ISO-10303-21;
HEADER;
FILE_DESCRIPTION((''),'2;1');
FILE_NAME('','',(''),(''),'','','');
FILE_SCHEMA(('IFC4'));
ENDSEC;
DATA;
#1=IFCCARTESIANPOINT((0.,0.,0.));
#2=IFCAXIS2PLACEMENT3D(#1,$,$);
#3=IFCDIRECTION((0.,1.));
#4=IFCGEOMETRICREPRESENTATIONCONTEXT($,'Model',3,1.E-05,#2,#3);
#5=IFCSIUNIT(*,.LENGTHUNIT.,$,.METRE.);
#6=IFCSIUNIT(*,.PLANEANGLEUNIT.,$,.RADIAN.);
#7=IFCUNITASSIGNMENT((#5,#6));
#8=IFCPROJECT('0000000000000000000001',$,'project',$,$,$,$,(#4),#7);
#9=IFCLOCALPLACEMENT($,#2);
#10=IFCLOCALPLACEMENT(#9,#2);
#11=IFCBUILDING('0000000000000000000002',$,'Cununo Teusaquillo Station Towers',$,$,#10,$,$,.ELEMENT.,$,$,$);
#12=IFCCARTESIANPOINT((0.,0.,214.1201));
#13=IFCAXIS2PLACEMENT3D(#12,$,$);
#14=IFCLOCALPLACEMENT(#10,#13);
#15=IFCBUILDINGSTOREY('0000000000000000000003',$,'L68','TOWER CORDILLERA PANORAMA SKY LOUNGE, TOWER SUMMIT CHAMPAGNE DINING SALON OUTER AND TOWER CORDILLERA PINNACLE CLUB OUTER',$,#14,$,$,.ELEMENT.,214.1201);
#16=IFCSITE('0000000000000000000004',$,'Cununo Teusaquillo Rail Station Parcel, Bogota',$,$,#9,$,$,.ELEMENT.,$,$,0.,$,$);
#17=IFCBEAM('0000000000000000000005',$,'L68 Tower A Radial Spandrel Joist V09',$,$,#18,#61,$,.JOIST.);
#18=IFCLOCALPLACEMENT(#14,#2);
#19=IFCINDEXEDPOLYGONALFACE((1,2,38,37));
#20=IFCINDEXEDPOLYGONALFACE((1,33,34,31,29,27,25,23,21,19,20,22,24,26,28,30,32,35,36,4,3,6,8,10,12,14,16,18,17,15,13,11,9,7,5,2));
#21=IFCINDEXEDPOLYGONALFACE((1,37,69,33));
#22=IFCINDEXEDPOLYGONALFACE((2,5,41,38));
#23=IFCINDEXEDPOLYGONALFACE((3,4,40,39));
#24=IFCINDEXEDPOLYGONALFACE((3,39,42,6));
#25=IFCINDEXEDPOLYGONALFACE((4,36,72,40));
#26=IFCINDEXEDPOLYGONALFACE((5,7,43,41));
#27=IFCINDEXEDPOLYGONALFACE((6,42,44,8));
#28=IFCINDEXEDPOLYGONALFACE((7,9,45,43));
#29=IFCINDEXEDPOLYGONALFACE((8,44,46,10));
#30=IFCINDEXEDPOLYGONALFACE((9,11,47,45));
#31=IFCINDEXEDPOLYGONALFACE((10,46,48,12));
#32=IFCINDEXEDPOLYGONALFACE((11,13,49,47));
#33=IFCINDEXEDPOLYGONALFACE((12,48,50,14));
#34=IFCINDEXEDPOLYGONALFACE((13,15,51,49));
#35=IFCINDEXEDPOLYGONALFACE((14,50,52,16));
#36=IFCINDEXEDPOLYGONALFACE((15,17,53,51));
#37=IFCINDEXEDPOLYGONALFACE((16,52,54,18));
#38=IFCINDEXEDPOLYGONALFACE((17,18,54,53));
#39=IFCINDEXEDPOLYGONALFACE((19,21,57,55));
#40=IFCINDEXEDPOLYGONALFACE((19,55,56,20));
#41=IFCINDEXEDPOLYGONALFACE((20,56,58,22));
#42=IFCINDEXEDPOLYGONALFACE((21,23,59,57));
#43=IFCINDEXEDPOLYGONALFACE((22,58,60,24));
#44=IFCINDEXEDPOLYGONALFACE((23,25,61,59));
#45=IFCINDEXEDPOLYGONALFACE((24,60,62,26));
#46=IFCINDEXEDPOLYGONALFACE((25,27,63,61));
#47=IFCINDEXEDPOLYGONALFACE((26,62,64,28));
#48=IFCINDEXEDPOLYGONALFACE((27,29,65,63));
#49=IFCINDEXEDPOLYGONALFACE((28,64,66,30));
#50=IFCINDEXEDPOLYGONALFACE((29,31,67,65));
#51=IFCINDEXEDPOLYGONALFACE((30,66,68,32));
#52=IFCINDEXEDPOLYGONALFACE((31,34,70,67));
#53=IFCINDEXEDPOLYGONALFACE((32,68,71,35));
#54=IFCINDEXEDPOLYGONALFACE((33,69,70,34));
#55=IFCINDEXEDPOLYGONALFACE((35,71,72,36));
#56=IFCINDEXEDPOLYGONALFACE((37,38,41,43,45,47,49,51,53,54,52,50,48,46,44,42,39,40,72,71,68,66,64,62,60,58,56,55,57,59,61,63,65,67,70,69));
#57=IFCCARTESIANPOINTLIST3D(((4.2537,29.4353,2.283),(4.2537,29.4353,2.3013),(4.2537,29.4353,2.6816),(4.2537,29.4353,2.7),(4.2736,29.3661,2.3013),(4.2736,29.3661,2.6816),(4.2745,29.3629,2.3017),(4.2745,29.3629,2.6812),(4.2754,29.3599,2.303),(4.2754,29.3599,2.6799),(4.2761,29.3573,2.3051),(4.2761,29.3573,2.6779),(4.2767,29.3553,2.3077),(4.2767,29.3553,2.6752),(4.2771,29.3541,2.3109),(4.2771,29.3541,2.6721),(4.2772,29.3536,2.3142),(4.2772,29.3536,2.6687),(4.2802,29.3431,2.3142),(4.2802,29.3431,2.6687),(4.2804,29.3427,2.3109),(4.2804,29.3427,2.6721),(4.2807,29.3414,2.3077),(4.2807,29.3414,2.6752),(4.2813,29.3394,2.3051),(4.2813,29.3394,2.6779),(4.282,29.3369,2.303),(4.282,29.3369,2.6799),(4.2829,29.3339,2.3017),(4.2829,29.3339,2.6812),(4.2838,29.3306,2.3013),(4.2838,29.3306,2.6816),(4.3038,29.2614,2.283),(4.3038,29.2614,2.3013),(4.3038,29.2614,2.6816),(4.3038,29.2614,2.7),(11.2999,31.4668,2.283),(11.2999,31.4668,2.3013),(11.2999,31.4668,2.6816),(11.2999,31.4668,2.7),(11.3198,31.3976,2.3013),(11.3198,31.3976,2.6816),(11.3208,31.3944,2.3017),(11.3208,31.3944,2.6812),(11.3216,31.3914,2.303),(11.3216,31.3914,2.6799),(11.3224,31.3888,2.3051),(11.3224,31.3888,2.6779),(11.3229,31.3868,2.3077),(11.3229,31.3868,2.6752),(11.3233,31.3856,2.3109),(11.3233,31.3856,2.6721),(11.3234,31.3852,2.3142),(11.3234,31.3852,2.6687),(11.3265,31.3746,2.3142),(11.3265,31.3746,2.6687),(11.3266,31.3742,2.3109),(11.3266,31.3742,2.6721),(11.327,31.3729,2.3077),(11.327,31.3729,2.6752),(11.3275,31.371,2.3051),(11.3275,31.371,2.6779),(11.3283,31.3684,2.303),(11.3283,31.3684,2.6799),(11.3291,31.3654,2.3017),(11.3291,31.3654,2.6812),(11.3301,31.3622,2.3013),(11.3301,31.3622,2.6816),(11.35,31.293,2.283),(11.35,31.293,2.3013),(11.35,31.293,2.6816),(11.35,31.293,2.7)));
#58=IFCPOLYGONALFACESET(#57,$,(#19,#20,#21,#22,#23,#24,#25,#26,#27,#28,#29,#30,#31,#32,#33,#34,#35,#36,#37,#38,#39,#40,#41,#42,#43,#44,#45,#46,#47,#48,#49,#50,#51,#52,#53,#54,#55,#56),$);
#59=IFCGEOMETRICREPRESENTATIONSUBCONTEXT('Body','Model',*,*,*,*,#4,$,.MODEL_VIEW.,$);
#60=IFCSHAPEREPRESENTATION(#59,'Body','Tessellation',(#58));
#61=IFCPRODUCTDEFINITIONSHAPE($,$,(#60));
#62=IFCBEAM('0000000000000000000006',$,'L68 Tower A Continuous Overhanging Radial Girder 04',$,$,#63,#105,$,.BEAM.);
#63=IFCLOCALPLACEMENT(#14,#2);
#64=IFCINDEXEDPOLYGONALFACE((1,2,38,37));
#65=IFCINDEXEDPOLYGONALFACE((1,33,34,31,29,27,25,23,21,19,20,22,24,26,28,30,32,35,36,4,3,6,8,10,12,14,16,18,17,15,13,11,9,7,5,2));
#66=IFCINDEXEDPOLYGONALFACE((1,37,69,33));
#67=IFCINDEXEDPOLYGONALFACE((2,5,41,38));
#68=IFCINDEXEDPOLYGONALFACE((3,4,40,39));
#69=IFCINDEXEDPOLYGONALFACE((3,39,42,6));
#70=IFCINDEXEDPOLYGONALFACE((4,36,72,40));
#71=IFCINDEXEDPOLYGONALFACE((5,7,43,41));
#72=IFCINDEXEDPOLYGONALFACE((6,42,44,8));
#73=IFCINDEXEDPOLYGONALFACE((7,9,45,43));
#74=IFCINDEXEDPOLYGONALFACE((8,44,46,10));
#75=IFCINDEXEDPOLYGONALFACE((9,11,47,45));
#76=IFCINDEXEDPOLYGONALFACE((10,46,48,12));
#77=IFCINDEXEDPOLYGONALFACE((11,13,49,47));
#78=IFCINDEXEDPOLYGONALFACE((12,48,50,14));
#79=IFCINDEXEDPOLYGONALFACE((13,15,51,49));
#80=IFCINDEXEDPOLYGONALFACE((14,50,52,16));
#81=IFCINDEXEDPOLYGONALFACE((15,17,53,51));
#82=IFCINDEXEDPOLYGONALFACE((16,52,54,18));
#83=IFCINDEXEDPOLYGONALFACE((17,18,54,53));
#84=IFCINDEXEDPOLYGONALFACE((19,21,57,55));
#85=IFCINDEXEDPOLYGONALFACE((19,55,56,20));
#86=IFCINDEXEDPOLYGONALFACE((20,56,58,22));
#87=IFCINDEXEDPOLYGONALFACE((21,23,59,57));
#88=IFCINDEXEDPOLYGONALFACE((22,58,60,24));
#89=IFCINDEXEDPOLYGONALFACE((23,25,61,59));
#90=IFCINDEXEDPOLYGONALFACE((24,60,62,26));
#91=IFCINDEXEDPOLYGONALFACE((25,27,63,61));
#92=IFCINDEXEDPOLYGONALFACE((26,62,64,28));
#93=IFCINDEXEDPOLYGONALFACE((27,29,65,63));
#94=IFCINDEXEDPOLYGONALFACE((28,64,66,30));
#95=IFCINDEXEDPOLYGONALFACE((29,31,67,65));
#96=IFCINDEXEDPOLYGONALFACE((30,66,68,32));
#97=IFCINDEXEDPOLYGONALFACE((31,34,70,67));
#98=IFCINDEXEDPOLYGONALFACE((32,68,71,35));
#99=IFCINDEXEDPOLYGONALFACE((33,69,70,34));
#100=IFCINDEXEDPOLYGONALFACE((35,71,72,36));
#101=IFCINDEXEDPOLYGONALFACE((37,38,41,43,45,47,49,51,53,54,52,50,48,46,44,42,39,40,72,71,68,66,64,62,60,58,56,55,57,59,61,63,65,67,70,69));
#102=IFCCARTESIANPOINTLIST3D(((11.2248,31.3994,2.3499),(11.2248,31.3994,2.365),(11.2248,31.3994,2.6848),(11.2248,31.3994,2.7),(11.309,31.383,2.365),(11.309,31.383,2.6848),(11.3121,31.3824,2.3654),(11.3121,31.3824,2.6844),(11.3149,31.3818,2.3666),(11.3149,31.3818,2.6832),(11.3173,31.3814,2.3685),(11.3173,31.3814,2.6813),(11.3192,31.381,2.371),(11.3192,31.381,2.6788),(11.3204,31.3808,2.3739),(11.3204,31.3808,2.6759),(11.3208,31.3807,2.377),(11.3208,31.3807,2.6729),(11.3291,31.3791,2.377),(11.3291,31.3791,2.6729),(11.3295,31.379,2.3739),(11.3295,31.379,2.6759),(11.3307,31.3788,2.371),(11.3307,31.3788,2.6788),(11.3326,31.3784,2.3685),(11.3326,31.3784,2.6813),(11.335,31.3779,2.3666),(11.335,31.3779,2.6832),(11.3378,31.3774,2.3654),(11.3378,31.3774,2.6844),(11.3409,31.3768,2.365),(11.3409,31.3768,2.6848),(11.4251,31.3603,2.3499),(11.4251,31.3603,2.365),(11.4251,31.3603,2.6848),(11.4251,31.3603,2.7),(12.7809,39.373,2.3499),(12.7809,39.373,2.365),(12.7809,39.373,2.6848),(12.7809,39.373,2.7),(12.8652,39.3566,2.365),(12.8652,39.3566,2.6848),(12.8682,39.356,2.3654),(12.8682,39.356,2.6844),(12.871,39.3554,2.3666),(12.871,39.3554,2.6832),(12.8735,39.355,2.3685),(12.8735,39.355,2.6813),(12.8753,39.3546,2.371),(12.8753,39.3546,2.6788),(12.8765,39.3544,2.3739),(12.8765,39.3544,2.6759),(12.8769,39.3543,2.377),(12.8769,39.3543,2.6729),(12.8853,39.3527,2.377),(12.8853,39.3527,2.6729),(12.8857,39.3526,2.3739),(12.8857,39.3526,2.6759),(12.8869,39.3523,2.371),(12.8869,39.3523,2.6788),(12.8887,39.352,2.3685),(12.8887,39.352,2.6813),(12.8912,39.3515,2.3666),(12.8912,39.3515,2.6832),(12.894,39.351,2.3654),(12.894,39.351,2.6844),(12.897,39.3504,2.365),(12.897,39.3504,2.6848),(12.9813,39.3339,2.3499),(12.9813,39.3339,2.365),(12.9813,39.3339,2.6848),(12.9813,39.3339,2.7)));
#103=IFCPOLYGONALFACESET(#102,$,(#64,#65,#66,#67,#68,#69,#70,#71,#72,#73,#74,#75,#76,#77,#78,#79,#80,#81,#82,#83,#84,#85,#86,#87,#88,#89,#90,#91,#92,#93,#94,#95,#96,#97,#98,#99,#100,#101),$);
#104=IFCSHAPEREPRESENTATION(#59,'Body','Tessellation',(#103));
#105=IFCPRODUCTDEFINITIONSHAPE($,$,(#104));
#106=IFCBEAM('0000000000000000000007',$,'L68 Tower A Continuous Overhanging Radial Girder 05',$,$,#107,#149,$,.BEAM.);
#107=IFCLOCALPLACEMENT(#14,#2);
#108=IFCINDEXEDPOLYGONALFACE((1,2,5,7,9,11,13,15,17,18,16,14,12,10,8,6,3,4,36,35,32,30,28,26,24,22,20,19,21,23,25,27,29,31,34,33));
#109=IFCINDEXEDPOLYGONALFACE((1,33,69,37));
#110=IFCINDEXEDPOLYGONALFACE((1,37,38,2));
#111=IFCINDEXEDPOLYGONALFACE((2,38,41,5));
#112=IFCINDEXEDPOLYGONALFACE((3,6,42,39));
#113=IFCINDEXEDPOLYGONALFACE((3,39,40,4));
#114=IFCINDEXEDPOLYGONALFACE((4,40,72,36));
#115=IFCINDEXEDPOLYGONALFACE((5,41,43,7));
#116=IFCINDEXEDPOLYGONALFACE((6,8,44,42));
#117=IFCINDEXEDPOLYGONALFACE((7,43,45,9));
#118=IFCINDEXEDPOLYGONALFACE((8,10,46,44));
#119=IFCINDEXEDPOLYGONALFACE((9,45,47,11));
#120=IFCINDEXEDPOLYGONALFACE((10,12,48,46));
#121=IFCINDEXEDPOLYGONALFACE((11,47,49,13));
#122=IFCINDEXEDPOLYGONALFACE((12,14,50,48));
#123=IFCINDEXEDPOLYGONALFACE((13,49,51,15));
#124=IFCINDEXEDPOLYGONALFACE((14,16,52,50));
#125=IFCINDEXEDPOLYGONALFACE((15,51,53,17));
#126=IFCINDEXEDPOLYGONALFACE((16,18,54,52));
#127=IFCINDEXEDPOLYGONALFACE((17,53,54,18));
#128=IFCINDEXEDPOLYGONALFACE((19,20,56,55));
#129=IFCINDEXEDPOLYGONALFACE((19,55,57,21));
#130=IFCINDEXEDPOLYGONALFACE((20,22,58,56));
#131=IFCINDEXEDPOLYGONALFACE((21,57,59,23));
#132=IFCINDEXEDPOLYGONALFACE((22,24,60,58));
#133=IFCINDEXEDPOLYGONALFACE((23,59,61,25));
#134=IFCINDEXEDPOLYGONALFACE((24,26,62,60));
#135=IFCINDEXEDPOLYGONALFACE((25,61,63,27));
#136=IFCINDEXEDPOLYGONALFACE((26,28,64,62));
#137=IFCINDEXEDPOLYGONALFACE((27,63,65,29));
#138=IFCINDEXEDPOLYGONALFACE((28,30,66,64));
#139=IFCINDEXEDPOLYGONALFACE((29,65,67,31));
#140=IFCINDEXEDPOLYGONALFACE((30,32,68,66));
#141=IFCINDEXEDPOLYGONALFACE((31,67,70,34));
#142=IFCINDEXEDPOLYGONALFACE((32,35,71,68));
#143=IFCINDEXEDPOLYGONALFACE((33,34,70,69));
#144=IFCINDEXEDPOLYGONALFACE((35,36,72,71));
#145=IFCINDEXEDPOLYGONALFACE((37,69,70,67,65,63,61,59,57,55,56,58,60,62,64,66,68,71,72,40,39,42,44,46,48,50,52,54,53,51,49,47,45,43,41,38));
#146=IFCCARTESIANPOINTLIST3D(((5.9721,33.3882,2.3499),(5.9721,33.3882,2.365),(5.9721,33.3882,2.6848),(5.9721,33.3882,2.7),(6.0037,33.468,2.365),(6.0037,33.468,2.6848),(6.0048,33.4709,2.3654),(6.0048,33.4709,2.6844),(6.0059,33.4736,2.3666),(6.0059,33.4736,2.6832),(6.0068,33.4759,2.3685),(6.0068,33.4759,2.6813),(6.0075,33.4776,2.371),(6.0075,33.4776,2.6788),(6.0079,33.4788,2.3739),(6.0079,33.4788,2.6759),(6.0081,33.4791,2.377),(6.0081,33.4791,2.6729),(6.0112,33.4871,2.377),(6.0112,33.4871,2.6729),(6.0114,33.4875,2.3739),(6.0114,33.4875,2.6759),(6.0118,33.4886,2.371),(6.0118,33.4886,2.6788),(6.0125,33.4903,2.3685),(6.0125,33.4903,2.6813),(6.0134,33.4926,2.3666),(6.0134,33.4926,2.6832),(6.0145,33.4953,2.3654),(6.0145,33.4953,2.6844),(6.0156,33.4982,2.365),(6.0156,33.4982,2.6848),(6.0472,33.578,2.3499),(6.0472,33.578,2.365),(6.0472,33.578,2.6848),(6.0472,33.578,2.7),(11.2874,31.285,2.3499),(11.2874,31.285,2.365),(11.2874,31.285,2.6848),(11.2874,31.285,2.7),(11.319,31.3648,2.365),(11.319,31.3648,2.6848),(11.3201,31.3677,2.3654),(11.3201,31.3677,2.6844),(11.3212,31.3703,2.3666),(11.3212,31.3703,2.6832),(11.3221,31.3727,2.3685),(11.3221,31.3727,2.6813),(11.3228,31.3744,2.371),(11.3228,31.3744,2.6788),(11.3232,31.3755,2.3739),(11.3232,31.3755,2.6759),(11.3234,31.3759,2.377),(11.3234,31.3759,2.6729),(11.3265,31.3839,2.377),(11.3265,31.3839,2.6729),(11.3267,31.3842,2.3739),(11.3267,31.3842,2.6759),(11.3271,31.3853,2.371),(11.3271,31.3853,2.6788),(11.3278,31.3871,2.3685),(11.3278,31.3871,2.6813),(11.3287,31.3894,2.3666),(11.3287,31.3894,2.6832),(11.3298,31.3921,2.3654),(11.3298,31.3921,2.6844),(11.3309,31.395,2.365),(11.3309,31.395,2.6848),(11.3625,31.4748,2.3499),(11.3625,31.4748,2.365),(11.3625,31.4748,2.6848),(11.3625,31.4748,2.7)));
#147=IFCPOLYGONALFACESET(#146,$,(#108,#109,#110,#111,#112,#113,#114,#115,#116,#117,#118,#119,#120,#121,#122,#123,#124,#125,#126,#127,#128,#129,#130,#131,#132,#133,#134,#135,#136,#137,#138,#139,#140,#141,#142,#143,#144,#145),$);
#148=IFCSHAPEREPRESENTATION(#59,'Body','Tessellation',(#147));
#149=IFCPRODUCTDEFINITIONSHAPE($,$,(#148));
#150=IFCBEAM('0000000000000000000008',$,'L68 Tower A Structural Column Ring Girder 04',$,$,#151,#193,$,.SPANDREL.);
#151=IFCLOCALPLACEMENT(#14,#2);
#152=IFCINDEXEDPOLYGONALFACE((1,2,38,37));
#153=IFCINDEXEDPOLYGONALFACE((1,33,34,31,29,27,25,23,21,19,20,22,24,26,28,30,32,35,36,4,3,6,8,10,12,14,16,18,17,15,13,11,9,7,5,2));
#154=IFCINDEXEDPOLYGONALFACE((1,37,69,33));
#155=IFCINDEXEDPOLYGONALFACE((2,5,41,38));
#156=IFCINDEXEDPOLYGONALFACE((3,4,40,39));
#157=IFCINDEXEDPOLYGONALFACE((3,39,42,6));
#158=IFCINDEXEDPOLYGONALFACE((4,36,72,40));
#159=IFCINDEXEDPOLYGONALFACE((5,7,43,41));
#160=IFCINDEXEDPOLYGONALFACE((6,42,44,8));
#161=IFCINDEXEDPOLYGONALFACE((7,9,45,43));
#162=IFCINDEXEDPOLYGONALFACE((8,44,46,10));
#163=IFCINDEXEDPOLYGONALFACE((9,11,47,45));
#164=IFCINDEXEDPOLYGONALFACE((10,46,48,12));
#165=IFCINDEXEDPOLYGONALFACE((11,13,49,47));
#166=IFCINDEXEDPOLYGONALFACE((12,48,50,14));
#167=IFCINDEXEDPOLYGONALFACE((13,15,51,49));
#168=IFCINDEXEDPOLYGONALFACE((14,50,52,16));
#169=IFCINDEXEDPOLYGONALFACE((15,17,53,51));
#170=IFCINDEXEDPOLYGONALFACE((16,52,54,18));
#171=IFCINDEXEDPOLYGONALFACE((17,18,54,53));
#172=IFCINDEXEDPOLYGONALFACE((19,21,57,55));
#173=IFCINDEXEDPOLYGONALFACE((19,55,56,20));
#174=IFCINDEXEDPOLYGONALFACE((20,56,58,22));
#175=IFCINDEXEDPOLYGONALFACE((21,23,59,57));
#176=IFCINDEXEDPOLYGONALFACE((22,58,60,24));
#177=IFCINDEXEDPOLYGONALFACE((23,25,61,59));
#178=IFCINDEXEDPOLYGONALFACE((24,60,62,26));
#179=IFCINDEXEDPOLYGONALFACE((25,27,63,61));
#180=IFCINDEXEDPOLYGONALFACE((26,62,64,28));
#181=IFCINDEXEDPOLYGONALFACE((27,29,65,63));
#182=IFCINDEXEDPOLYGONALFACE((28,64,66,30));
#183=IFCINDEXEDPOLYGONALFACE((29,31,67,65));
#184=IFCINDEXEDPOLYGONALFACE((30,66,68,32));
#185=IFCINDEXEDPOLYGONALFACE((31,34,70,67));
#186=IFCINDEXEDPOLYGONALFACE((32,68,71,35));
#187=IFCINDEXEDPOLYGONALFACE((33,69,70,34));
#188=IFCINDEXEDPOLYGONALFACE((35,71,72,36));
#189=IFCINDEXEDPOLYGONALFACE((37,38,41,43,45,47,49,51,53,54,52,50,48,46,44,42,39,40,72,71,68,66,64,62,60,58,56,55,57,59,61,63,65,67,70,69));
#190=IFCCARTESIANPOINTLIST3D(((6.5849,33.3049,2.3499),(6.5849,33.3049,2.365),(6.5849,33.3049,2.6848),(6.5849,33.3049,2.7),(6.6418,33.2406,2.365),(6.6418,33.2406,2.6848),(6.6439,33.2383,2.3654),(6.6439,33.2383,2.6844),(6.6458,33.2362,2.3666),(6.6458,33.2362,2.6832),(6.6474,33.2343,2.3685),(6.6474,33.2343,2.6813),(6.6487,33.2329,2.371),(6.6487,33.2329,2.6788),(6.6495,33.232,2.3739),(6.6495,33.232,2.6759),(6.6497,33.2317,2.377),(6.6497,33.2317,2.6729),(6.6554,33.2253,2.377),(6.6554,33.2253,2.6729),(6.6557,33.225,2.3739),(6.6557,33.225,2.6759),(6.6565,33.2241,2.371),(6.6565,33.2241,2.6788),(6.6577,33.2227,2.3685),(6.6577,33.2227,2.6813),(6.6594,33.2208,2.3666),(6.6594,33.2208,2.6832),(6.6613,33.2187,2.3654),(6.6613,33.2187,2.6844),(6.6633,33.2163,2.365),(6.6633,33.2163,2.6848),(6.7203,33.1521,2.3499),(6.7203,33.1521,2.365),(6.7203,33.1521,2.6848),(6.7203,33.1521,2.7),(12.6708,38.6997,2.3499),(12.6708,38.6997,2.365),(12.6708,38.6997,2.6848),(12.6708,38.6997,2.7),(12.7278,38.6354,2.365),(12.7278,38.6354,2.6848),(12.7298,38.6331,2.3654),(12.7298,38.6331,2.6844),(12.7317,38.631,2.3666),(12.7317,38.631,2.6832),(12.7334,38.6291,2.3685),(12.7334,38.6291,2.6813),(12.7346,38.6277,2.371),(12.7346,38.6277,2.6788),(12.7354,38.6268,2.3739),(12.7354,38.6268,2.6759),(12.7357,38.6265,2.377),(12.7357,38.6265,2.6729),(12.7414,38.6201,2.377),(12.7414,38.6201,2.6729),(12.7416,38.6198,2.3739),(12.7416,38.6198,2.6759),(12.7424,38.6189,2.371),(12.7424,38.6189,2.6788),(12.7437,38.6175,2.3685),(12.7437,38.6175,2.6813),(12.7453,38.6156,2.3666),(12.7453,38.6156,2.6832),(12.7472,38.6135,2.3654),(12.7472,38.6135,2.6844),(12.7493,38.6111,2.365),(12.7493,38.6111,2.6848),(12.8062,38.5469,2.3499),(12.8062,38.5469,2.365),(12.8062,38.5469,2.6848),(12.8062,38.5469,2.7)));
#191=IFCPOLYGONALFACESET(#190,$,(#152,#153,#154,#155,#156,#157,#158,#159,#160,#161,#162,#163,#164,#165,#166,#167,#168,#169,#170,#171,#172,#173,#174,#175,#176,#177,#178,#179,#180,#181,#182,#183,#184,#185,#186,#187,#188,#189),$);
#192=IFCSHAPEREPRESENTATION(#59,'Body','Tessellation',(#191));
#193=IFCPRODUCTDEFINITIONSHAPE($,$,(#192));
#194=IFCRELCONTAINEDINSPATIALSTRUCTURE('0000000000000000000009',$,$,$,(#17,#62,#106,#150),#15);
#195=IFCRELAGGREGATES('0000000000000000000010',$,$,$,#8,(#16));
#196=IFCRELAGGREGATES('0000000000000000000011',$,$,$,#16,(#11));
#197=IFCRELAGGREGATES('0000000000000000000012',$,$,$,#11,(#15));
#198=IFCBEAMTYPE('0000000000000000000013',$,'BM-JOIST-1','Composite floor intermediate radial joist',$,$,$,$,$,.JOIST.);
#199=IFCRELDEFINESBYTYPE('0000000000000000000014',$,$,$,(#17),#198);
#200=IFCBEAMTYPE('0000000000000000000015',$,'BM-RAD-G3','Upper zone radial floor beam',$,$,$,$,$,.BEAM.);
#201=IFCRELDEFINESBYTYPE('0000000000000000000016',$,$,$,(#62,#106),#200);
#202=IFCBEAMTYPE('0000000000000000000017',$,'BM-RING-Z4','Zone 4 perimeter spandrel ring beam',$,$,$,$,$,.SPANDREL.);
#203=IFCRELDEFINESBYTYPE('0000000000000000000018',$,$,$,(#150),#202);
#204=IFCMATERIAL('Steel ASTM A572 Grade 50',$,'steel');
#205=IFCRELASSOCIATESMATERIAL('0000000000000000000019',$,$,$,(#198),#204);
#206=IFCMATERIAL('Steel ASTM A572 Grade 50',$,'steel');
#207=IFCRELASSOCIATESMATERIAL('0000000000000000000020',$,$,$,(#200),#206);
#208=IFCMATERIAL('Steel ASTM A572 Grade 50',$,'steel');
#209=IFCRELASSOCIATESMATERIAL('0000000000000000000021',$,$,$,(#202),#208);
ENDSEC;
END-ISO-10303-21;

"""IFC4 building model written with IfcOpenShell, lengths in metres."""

from ifc_helpers import new_model, si_unit, direction, frame, origin, origin_2d, place, context, subcontext, project, spatial, i_section, extrude, material, material_profile, profile_set, type_object, element, save


model = new_model("IFC4")

# Units and contexts
model_context = context("Model", 3, precision=1e-05, world=origin(), true_north=direction((0.0, 1.0)))
body_context = subcontext(model_context, "Body", "Model", "MODEL_VIEW")
ifc_project = project(units=[si_unit("LENGTHUNIT", "METRE"), si_unit("PLANEANGLEUNIT", "RADIAN")], contexts=[model_context])

# Site, building, storey
site_placement = place(None, origin())
site = spatial("IfcSite", under=ifc_project, at=site_placement, Name="Cununo Teusaquillo Rail Station Parcel, Bogota", CompositionType="ELEMENT", RefElevation=0.0)
building_placement = place(site_placement, origin())
building = spatial("IfcBuilding", under=site, at=building_placement, Name="Cununo Teusaquillo Station Towers", CompositionType="ELEMENT")
storey_placement = place(building_placement, frame((0.0, 0.0, 214.1201)))
storey = spatial("IfcBuildingStorey", under=building, at=storey_placement, Name="L68", Description="TOWER CORDILLERA PANORAMA SKY LOUNGE, TOWER SUMMIT CHAMPAGNE DINING SALON OUTER AND TOWER CORDILLERA PINNACLE CLUB OUTER", CompositionType="ELEMENT", Elevation=214.1201)

# Beams
ifc_material_1 = material(Name="Steel ASTM A572 Grade 50", Category="steel")
ifc_material_profile_1 = material_profile(ifc_material_1, i_section(OverallWidth=0.1809, OverallDepth=0.417, WebThickness=0.011, FlangeThickness=0.0183, FilletRadius=0.0129, at=origin_2d()), Name="W16X57")
ifc_profile_set_1 = profile_set([ifc_material_profile_1], Name="Steel ASTM A572 Grade 50")
beam_type_1 = type_object("IfcBeamType", Name="BM-JOIST-1", Description="Composite floor intermediate radial joist", PredefinedType="JOIST", material=ifc_profile_set_1)
beam_1_placement = place(storey_placement, frame((11.325, 31.3799, 2.4915), z_axis=(-0.960862, -0.277029, 0.0), x_axis=(0.277029, -0.960862, 0.0)))
element("IfcBeam", 1, at=beam_1_placement, inside=storey, type_object=beam_type_1, Name="L68 Tower A Radial Spandrel Joist V09", PredefinedType="JOIST", context=body_context, shape_type="SweptSolid", body=[
    extrude(i_section(OverallWidth=0.1809, OverallDepth=0.417, WebThickness=0.011, FlangeThickness=0.0183, FilletRadius=0.0129, at=origin_2d()), origin(), (0.0, 0.0, 1.0), 7.3333),
])
ifc_material_2 = material(Name="Steel ASTM A572 Grade 50", Category="steel")
ifc_material_profile_2 = material_profile(ifc_material_2, i_section(OverallWidth=0.2041, OverallDepth=0.3501, WebThickness=0.0085, FlangeThickness=0.0151, FilletRadius=0.012, at=origin_2d()), Name="W14X48")
ifc_profile_set_2 = profile_set([ifc_material_profile_2], Name="Steel ASTM A572 Grade 50")
beam_type_2 = type_object("IfcBeamType", Name="BM-RAD-G3", Description="Upper zone radial floor beam", PredefinedType="BEAM", material=ifc_profile_set_2)
beam_2_placement = place(storey_placement, frame((11.325, 31.3799, 2.5249), z_axis=(0.191548, 0.981483, 0.0), x_axis=(-0.981483, 0.191548, 0.0)))
element("IfcBeam", 2, at=beam_2_placement, inside=storey, type_object=beam_type_2, Name="L68 Tower A Continuous Overhanging Radial Girder 04", PredefinedType="BEAM", context=body_context, shape_type="SweptSolid", body=[
    extrude(i_section(OverallWidth=0.2041, OverallDepth=0.3501, WebThickness=0.0085, FlangeThickness=0.0151, FilletRadius=0.012, at=origin_2d()), origin(), (0.0, 0.0, 1.0), 8.124),
])
beam_3_placement = place(storey_placement, frame((11.325, 31.3799, 2.5249), z_axis=(-0.929852, 0.367935, 0.0), x_axis=(-0.367935, -0.929852, 0.0)))
element("IfcBeam", 3, at=beam_3_placement, inside=storey, type_object=beam_type_2, Name="L68 Tower A Continuous Overhanging Radial Girder 05", PredefinedType="BEAM", context=body_context, shape_type="SweptSolid", body=[
    extrude(i_section(OverallWidth=0.2041, OverallDepth=0.3501, WebThickness=0.0085, FlangeThickness=0.0151, FilletRadius=0.012, at=origin_2d()), origin(), (0.0, 0.0, 1.0), 5.7163),
])
ifc_material_3 = material(Name="Steel ASTM A572 Grade 50", Category="steel")
ifc_material_profile_3 = material_profile(ifc_material_3, i_section(OverallWidth=0.2041, OverallDepth=0.3501, WebThickness=0.0085, FlangeThickness=0.0151, FilletRadius=0.012, at=origin_2d()), Name="W14X48")
ifc_profile_set_3 = profile_set([ifc_material_profile_3], Name="Steel ASTM A572 Grade 50")
beam_type_3 = type_object("IfcBeamType", Name="BM-RING-Z4", Description="Zone 4 perimeter spandrel ring beam", PredefinedType="SPANDREL", material=ifc_profile_set_3)
beam_4_placement = place(storey_placement, frame((12.7385, 38.6233, 2.5249), z_axis=(-0.748321, -0.663337, 0.0), x_axis=(0.663337, -0.748321, 0.0)))
element("IfcBeam", 4, at=beam_4_placement, inside=storey, type_object=beam_type_3, Name="L68 Tower A Structural Column Ring Girder 04", PredefinedType="SPANDREL", context=body_context, shape_type="SweptSolid", body=[
    extrude(i_section(OverallWidth=0.2041, OverallDepth=0.3501, WebThickness=0.0085, FlangeThickness=0.0151, FilletRadius=0.012, at=origin_2d()), origin(), (0.0, 0.0, 1.0), 8.1328),
])

save(model, "model.ifc")
